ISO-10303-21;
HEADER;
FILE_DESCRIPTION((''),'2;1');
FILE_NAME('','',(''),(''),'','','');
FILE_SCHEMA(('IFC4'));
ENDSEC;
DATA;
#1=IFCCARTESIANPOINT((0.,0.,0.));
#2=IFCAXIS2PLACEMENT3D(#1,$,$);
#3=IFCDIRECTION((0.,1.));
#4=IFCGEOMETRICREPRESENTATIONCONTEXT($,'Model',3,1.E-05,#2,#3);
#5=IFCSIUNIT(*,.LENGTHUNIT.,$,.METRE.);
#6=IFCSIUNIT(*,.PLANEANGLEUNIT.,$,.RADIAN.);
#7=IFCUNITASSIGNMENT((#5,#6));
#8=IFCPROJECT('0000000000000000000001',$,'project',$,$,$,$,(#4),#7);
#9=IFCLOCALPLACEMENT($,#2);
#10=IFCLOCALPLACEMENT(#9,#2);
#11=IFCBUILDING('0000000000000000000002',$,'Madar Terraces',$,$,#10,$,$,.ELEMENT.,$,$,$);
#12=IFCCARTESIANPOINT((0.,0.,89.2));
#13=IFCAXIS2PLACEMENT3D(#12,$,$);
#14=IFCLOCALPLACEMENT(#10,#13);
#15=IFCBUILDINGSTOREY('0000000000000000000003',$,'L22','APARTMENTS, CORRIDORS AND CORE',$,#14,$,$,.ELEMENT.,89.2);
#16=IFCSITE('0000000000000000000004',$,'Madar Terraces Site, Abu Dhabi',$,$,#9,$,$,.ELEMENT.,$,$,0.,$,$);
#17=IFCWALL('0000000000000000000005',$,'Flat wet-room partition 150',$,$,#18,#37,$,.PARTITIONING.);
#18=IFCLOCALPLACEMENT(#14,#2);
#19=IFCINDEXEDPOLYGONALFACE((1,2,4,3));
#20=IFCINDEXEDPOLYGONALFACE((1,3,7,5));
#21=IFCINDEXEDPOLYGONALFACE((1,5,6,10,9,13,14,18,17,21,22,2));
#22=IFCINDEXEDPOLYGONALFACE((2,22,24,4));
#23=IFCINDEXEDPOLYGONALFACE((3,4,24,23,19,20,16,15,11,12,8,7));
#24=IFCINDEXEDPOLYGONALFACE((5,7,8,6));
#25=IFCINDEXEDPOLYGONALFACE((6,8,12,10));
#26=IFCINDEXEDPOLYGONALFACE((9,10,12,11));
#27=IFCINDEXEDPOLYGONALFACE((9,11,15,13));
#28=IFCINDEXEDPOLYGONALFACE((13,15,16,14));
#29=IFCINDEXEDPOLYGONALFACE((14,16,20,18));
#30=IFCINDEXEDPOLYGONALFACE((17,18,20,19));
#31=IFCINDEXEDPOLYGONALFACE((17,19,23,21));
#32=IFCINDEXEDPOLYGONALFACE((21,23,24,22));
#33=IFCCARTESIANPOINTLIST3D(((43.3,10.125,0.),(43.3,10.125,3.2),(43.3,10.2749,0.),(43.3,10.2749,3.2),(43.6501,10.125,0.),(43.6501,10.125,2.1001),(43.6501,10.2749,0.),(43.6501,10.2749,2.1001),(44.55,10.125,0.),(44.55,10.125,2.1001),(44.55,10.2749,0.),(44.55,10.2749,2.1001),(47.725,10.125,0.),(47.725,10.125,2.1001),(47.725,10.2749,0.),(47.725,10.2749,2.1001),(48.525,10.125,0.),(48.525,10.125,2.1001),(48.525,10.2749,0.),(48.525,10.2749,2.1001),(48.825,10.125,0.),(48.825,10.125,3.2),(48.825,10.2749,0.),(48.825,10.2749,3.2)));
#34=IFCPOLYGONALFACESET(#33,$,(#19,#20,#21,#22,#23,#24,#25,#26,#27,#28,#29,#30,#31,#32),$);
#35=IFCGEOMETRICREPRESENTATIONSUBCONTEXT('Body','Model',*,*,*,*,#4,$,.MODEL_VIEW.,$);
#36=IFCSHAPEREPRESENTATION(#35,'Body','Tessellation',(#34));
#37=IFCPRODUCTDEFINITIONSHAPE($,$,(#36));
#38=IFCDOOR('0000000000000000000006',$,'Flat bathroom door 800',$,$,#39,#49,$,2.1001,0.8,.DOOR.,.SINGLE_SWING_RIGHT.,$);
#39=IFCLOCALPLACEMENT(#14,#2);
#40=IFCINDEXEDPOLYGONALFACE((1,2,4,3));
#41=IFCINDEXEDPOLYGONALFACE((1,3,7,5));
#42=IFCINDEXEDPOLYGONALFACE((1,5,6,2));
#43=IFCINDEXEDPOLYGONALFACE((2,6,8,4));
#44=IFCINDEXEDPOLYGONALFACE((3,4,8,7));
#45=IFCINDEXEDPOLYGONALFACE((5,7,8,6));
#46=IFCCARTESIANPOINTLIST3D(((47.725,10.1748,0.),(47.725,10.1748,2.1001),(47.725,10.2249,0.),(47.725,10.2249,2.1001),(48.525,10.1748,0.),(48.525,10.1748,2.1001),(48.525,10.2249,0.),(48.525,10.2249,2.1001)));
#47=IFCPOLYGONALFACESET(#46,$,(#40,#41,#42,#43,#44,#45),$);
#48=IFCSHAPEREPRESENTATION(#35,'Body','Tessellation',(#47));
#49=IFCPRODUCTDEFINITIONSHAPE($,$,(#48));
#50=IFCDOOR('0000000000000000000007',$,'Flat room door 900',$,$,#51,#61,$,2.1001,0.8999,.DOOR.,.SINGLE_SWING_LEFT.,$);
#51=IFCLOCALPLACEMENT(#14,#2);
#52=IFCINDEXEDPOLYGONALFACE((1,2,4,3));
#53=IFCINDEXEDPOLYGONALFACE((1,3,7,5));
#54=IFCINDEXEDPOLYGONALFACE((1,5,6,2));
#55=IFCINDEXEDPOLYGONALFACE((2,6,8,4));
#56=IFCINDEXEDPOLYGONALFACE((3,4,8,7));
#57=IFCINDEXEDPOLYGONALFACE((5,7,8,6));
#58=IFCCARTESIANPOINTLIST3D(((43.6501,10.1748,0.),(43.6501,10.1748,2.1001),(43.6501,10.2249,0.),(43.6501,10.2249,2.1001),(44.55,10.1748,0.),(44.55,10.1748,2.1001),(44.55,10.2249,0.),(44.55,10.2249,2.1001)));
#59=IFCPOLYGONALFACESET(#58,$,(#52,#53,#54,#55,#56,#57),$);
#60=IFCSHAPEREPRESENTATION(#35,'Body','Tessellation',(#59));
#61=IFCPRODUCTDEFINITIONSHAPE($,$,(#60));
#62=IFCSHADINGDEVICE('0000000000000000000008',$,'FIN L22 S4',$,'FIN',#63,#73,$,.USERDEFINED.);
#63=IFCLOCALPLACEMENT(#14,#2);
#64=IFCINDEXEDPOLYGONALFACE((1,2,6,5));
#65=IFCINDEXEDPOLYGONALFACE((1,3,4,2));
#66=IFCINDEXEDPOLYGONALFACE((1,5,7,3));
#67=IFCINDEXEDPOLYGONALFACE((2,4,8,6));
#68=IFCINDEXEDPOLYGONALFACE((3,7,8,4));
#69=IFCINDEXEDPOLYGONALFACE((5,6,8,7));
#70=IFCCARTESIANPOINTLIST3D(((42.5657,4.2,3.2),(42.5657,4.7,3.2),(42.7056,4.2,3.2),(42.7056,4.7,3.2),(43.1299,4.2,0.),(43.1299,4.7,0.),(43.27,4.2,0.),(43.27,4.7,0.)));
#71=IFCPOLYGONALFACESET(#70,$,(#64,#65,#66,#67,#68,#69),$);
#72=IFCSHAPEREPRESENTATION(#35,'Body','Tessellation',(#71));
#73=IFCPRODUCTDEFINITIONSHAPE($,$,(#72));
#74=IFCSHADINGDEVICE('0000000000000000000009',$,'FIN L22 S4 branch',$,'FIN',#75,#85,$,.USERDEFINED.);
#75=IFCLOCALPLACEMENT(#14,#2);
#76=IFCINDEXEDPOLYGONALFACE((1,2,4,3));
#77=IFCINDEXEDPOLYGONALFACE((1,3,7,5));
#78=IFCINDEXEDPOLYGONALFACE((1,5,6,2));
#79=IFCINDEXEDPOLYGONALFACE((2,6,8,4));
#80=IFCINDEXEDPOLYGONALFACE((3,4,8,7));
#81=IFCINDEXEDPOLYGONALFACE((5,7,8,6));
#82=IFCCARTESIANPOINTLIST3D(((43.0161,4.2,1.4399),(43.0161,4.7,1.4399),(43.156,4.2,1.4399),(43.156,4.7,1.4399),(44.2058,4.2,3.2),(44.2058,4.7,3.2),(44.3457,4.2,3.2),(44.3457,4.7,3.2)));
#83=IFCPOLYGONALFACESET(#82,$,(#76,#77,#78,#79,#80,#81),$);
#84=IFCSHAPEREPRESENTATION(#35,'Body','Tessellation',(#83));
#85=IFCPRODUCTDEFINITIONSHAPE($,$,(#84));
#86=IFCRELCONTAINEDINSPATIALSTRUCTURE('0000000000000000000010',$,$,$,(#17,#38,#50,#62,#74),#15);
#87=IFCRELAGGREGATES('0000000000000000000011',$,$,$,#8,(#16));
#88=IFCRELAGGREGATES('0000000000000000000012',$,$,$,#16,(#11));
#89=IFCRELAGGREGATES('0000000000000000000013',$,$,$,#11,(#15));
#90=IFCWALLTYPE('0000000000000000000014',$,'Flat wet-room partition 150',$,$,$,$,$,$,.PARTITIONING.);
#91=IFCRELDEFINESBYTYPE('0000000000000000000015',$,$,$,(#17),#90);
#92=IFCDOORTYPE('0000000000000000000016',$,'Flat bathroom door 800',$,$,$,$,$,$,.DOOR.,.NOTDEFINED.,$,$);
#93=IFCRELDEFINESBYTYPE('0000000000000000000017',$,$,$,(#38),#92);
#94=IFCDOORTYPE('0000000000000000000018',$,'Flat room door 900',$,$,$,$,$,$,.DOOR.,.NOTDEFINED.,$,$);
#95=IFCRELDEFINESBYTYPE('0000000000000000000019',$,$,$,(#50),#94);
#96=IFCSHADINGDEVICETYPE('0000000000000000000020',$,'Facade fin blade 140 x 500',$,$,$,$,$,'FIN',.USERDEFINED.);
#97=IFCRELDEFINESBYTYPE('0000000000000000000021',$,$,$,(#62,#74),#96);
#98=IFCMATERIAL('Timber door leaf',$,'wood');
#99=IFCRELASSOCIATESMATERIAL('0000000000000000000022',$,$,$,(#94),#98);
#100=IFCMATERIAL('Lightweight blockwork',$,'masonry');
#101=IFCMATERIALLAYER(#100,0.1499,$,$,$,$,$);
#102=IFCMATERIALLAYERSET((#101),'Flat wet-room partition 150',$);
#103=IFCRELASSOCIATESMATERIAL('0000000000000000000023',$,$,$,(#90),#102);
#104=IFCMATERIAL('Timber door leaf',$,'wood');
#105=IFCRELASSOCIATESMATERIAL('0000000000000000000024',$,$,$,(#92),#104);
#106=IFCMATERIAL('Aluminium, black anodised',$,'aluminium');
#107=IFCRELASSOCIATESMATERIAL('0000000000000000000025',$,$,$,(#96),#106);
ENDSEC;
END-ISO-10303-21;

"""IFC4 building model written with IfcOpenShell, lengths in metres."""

from ifc_helpers import new_model, si_unit, direction, frame, frame_2d, origin, place, context, subcontext, project, spatial, polyline, rectangle, outline, extrude, material, layer, layer_set, type_object, element, fill, save


model = new_model("IFC4")

# Units and contexts
model_context = context("Model", 3, precision=1e-05, world=origin(), true_north=direction((0.0, 1.0)))
body_context = subcontext(model_context, "Body", "Model", "MODEL_VIEW")
ifc_project = project(units=[si_unit("LENGTHUNIT", "METRE"), si_unit("PLANEANGLEUNIT", "RADIAN")], contexts=[model_context])

# Site, building, storey
site_placement = place(None, origin())
site = spatial("IfcSite", under=ifc_project, at=site_placement, Name="Madar Terraces Site, Abu Dhabi", CompositionType="ELEMENT", RefElevation=0.0)
building_placement = place(site_placement, origin())
building = spatial("IfcBuilding", under=site, at=building_placement, Name="Madar Terraces", CompositionType="ELEMENT")
storey_placement = place(building_placement, frame((0.0, 0.0, 89.2)))
storey = spatial("IfcBuildingStorey", under=building, at=storey_placement, Name="L22", Description="APARTMENTS, CORRIDORS AND CORE", CompositionType="ELEMENT", Elevation=89.2)

# Shared definitions
ifc_material_1 = material(Name="Timber door leaf", Category="wood")
door_type_1 = type_object("IfcDoorType", Name="Flat room door 900", OperationType="NOTDEFINED", PredefinedType="DOOR", material=ifc_material_1)

# Shared definitions
ifc_material_2 = material(Name="Lightweight blockwork", Category="masonry")
ifc_layer_1 = layer(ifc_material_2, 0.1499)
ifc_layer_set_1 = layer_set([ifc_layer_1], Name="Flat wet-room partition 150")
wall_type_1 = type_object("IfcWallType", Name="Flat wet-room partition 150", PredefinedType="PARTITIONING", material=ifc_layer_set_1)

# Wall, openings, doors
wall_1_placement = place(storey_placement, frame((43.3, 10.2, 0.0), z_axis=(0.0, 0.0, 1.0), x_axis=(1.0, 0.0, 0.0)))
wall_1 = element("IfcWall", 1, at=wall_1_placement, inside=storey, type_object=wall_type_1, Name="Flat wet-room partition 150", PredefinedType="PARTITIONING", context=body_context, shape_type="SweptSolid", body=[
    extrude(rectangle(XDim=5.5249, YDim=0.1499, at=frame_2d((2.7625, 0.0))), origin(), (0.0, 0.0, 1.0), 3.2),
])
opening_1_placement = place(wall_1_placement, frame((4.425, 0.0, 0.0)))
opening_1 = element("IfcOpeningElement", 2, at=opening_1_placement, cuts=wall_1, PredefinedType="OPENING", context=body_context, shape_type="SweptSolid", body=[
    extrude(rectangle(XDim=0.8, YDim=2.1001, at=frame_2d((0.3999, 1.05))), frame((0.0, 0.085, 0.0), z_axis=(0.0, -1.0, 0.0), x_axis=(1.0, 0.0, 0.0)), (0.0, 0.0, 1.0), 0.1699),
])
opening_2_placement = place(wall_1_placement, frame((0.3501, 0.0, 0.0)))
opening_2 = element("IfcOpeningElement", 3, at=opening_2_placement, cuts=wall_1, PredefinedType="OPENING", context=body_context, shape_type="SweptSolid", body=[
    extrude(rectangle(XDim=0.8999, YDim=2.1001, at=frame_2d((0.45, 1.05))), frame((0.0, 0.085, 0.0), z_axis=(0.0, -1.0, 0.0), x_axis=(1.0, 0.0, 0.0)), (0.0, 0.0, 1.0), 0.1699),
])
ifc_material_3 = material(Name="Timber door leaf", Category="wood")
door_type_2 = type_object("IfcDoorType", Name="Flat bathroom door 800", OperationType="NOTDEFINED", PredefinedType="DOOR", material=ifc_material_3)
door_1_placement = place(opening_1_placement, origin())
door_1 = element("IfcDoor", 4, at=door_1_placement, inside=storey, type_object=door_type_2, Name="Flat bathroom door 800", OperationType="SINGLE_SWING_RIGHT", OverallHeight=2.1001, OverallWidth=0.8, PredefinedType="DOOR", context=body_context, shape_type="SweptSolid", body=[
    extrude(rectangle(XDim=0.8, YDim=2.1001, at=frame_2d((0.3999, 1.05))), frame((0.0, 0.0249, 0.0), z_axis=(0.0, -1.0, 0.0), x_axis=(1.0, 0.0, 0.0)), (0.0, 0.0, 1.0), 0.05),
])
fill(opening_1, door_1)
door_2_placement = place(opening_2_placement, origin())
door_2 = element("IfcDoor", 5, at=door_2_placement, inside=storey, type_object=door_type_1, Name="Flat room door 900", OperationType="SINGLE_SWING_LEFT", OverallHeight=2.1001, OverallWidth=0.8999, PredefinedType="DOOR", context=body_context, shape_type="SweptSolid", body=[
    extrude(rectangle(XDim=0.8999, YDim=2.1001, at=frame_2d((0.45, 1.05))), frame((0.0, 0.0249, 0.0), z_axis=(0.0, -1.0, 0.0), x_axis=(1.0, 0.0, 0.0)), (0.0, 0.0, 1.0), 0.05),
])
fill(opening_2, door_2)

# Shading devices
ifc_material_4 = material(Name="Aluminium, black anodised", Category="aluminium")
shading_device_type = type_object("IfcShadingDeviceType", Name="Facade fin blade 140 x 500", ElementType="FIN", PredefinedType="USERDEFINED", material=ifc_material_4)
shading_device_1_placement = place(storey_placement, frame((43.1299, 4.45, 0.0), z_axis=(0.0, 0.0, 1.0), x_axis=(1.0, 0.0, 0.0)))
element("IfcShadingDevice", 6, at=shading_device_1_placement, inside=storey, type_object=shading_device_type, Name="FIN L22 S4", ObjectType="FIN", PredefinedType="USERDEFINED", context=body_context, shape_type="SweptSolid", body=[
    extrude(outline(polyline([(0.0, 0.0), (0.1401, 0.0), (-0.4243, 3.2), (-0.5642, 3.2), (0.0, 0.0)])), frame((0.0, 0.25, 0.0), z_axis=(0.0, -1.0, 0.0), x_axis=(1.0, 0.0, 0.0)), (0.0, 0.0, 1.0), 0.5),
])
shading_device_2_placement = place(storey_placement, frame((43.0161, 4.45, 1.4399), z_axis=(0.0, 0.0, 1.0), x_axis=(1.0, 0.0, 0.0)))
element("IfcShadingDevice", 7, at=shading_device_2_placement, inside=storey, type_object=shading_device_type, Name="FIN L22 S4 branch", ObjectType="FIN", PredefinedType="USERDEFINED", context=body_context, shape_type="SweptSolid", body=[
    extrude(outline(polyline([(0.0, 0.0), (0.1399, 0.0), (1.3296, 1.76), (1.1897, 1.76), (0.0, 0.0)])), frame((0.0, 0.25, 0.0), z_axis=(0.0, -1.0, 0.0), x_axis=(1.0, 0.0, 0.0)), (0.0, 0.0, 1.0), 0.5),
])

save(model, "model.ifc")
